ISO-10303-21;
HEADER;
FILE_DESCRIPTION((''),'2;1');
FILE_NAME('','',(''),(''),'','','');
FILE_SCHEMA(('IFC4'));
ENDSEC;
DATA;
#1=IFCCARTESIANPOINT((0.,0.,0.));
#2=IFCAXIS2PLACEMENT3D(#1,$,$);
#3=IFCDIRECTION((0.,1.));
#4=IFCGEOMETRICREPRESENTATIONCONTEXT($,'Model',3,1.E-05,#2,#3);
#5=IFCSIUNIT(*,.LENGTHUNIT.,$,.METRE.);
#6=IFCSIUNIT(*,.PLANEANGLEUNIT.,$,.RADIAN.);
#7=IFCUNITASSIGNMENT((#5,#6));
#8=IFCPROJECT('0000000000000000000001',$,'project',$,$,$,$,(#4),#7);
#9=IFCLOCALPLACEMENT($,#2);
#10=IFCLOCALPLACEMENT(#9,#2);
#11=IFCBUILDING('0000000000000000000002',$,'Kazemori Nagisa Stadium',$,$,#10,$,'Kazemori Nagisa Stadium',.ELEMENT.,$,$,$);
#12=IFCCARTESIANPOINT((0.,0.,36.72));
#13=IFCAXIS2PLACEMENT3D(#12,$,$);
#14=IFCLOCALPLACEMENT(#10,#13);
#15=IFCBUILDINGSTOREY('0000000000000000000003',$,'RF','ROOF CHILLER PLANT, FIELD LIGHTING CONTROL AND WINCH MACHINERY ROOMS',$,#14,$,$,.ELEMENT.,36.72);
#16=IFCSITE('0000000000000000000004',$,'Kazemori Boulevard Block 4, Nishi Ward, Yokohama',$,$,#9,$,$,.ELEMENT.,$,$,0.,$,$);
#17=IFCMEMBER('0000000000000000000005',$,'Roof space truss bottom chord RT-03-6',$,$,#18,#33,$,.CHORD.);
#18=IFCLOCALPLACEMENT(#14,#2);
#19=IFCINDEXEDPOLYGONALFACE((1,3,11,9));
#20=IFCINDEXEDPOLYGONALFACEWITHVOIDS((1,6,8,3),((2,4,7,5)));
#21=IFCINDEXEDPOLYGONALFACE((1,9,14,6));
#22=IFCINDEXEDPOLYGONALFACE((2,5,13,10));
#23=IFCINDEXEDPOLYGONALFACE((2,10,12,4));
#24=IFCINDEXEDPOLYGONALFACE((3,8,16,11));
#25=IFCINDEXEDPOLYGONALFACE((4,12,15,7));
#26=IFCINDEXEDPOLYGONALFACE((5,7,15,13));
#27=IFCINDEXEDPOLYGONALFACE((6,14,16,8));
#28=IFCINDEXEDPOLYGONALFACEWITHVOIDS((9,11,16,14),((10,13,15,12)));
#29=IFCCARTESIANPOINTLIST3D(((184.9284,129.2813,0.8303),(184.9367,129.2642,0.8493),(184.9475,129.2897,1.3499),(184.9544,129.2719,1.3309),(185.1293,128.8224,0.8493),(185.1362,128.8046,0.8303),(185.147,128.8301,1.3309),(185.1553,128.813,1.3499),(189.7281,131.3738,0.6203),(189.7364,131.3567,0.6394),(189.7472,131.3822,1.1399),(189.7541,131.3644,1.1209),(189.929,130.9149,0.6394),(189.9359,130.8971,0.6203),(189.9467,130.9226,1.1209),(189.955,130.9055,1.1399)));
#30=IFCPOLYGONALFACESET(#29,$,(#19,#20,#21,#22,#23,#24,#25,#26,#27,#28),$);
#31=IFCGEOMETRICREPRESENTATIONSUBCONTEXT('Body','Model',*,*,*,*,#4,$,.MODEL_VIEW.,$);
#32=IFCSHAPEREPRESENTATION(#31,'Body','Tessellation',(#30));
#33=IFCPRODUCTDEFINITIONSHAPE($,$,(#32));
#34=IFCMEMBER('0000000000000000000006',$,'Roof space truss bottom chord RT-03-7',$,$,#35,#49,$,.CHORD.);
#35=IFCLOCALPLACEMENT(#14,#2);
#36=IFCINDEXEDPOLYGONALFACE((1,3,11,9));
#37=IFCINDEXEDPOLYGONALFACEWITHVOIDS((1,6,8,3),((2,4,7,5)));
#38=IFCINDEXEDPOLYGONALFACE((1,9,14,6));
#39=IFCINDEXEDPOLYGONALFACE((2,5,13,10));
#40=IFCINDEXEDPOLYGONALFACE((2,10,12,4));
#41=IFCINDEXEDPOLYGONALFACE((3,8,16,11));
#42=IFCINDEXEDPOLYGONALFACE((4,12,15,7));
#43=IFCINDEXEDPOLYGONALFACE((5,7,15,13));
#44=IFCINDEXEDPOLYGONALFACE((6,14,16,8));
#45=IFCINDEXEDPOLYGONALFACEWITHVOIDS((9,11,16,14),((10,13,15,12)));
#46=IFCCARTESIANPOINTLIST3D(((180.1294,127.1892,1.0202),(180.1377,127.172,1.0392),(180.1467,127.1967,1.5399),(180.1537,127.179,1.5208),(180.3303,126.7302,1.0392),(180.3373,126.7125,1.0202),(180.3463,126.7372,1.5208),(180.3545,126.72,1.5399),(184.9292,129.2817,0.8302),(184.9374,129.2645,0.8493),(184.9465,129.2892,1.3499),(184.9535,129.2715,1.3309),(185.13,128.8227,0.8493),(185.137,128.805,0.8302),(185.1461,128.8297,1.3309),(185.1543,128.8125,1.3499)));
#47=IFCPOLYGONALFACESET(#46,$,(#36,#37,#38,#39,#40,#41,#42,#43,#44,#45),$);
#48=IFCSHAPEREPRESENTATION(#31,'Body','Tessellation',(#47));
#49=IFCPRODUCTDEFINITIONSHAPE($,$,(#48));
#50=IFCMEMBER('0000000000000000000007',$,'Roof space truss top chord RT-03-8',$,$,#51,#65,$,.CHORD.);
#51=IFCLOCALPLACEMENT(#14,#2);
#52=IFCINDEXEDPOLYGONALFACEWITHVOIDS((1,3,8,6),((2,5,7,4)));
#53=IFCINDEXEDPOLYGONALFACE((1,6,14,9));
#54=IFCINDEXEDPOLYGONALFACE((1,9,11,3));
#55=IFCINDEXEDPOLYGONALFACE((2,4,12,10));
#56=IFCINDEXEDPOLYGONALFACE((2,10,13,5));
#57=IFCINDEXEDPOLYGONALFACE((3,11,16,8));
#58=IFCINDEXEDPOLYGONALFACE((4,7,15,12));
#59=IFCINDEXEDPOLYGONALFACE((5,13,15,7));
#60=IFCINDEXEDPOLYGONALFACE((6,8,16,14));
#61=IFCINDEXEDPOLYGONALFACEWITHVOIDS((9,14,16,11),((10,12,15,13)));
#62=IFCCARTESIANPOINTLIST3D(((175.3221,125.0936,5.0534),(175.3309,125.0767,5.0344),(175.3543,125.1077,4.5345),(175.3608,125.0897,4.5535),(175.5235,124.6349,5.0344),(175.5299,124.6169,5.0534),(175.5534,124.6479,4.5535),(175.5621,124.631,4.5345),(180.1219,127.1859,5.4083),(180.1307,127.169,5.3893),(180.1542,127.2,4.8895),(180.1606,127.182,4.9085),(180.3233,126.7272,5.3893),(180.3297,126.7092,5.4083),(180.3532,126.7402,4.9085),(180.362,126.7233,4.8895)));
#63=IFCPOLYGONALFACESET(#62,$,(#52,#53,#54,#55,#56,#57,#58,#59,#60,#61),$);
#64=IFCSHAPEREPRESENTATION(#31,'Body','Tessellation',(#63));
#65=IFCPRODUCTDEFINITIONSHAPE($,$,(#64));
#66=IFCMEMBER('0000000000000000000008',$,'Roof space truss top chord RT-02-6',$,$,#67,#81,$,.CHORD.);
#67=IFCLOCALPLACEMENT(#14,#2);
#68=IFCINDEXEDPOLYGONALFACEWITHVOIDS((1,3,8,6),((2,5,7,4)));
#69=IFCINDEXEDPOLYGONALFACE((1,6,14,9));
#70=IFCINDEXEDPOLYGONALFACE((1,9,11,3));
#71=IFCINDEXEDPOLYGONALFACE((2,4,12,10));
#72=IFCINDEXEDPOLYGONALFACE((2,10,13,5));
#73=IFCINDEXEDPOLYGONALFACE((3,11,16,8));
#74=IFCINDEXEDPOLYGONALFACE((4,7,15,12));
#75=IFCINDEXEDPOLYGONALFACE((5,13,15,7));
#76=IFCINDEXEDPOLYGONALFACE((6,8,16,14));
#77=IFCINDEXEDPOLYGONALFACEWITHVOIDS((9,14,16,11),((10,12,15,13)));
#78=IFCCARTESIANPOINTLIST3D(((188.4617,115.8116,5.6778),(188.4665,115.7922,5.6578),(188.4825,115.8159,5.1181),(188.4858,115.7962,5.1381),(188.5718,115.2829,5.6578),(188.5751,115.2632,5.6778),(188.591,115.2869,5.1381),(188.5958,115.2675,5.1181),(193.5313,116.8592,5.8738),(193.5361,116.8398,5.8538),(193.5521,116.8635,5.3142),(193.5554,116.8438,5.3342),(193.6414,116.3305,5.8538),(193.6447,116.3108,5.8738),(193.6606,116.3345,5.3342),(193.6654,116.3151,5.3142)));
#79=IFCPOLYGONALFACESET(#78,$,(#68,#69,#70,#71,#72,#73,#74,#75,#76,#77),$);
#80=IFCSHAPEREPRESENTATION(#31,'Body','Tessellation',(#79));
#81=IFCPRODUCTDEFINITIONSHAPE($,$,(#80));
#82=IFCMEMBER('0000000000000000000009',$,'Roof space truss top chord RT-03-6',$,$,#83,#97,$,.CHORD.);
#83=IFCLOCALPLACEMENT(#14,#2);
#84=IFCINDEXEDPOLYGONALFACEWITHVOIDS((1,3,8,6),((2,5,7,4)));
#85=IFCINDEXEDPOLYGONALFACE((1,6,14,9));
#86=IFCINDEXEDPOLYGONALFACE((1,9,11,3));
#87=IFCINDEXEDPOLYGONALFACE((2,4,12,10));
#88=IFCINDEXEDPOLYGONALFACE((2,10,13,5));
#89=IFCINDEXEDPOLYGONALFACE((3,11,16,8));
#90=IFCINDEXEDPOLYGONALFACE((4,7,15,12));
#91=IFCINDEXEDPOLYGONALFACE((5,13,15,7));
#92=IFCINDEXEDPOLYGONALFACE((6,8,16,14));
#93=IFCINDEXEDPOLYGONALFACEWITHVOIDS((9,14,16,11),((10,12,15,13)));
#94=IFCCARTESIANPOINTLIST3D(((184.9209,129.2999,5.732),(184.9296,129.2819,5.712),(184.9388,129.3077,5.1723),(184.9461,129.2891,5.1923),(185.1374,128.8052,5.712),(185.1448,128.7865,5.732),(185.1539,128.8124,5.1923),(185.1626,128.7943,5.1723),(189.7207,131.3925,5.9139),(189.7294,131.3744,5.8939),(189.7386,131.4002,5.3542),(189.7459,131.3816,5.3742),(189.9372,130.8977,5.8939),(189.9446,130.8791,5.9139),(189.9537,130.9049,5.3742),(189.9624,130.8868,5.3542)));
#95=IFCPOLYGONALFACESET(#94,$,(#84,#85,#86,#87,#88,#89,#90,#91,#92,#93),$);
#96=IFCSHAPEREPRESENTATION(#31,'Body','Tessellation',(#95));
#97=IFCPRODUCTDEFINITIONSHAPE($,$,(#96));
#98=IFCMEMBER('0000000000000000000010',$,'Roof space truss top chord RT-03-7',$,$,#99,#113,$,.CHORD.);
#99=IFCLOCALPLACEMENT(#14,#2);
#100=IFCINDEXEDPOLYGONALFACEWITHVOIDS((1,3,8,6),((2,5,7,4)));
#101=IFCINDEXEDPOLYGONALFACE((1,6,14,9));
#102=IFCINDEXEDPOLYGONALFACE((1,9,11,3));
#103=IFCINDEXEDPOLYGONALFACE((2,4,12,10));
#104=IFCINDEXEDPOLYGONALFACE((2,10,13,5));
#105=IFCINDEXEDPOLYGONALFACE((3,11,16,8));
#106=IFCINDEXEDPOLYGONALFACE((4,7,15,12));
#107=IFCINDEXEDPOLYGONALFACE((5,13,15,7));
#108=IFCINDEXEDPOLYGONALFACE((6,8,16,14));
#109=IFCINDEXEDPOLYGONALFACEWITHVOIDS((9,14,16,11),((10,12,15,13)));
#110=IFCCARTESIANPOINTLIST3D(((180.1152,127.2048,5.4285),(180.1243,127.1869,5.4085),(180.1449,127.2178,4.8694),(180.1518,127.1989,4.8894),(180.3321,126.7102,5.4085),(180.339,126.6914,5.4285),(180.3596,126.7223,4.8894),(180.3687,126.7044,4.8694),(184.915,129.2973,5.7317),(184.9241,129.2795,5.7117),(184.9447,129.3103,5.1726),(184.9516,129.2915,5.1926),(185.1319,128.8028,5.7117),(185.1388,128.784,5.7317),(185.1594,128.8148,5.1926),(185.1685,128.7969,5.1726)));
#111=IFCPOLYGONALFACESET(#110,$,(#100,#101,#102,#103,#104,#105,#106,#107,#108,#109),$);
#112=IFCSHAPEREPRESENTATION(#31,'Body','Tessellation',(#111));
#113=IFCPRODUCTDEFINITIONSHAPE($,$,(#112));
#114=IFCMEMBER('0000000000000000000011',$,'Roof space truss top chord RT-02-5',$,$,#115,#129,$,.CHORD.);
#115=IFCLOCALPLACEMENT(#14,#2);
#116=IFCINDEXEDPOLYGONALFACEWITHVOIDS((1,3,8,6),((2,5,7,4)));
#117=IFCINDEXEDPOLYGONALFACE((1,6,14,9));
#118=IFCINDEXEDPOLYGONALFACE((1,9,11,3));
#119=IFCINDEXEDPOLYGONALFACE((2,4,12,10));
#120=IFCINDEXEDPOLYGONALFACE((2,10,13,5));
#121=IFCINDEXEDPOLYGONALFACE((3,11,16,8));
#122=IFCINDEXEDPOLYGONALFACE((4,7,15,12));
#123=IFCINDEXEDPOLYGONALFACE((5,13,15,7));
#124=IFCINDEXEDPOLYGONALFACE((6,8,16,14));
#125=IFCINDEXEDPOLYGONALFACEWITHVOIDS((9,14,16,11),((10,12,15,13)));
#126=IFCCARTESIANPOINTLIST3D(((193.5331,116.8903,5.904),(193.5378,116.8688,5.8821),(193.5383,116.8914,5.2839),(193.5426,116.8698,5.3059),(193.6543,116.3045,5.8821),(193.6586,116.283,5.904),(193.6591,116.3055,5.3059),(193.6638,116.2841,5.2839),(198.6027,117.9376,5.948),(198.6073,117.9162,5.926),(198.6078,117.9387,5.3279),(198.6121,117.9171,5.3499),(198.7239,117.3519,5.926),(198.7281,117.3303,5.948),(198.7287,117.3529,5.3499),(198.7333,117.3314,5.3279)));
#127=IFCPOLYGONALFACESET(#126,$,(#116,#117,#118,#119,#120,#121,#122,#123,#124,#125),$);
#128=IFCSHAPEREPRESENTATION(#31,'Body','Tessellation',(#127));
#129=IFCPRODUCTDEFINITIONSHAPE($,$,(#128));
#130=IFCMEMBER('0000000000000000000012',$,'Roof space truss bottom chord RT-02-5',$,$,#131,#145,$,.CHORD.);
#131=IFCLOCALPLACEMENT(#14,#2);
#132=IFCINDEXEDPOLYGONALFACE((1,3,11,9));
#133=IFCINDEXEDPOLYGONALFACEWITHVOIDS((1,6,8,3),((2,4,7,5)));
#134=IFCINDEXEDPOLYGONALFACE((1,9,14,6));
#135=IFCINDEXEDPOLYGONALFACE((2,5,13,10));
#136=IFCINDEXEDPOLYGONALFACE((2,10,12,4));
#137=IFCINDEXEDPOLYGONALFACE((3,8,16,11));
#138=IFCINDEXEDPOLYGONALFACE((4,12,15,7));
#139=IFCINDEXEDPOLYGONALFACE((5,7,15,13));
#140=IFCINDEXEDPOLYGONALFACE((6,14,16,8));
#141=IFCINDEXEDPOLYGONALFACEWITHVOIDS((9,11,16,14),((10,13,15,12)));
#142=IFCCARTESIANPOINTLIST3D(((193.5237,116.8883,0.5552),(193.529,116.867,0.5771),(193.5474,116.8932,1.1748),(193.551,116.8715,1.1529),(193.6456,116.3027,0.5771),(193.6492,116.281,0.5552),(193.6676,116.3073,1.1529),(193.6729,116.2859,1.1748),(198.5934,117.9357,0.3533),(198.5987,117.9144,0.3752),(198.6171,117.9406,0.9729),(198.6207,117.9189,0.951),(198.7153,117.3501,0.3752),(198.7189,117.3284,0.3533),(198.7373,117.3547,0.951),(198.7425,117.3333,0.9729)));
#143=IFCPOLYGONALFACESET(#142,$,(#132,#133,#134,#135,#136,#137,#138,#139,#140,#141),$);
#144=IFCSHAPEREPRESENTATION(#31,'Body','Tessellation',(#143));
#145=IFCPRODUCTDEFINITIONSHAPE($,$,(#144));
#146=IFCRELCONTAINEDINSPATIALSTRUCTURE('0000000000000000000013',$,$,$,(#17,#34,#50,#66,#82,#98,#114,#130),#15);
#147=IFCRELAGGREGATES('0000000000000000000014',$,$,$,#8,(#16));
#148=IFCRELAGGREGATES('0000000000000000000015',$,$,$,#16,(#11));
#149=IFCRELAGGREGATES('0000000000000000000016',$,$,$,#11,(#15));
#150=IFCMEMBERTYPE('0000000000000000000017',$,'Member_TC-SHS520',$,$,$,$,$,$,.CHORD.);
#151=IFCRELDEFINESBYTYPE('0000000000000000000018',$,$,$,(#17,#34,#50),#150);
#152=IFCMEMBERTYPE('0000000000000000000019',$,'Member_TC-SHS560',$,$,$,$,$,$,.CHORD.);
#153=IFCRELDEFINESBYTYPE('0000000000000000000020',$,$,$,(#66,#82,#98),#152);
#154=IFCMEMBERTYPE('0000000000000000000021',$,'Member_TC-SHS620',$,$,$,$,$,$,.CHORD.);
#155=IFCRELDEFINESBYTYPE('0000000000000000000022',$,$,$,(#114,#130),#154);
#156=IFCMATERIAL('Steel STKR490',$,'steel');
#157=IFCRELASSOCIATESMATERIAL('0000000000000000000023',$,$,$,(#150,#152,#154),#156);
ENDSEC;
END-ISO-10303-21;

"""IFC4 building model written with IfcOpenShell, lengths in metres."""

from ifc_helpers import new_model, si_unit, direction, frame, origin, origin_2d, place, context, subcontext, project, spatial, hollow_rectangle, extrude, material, material_profile, profile_set, type_object, element, save


model = new_model("IFC4")

# Units and contexts
model_context = context("Model", 3, precision=1e-05, world=origin(), true_north=direction((0.0, 1.0)))
body_context = subcontext(model_context, "Body", "Model", "MODEL_VIEW")
ifc_project = project(units=[si_unit("LENGTHUNIT", "METRE"), si_unit("PLANEANGLEUNIT", "RADIAN")], contexts=[model_context])

# Site, building, storey
site_placement = place(None, origin())
site = spatial("IfcSite", under=ifc_project, at=site_placement, Name="Kazemori Boulevard Block 4, Nishi Ward, Yokohama", CompositionType="ELEMENT", RefElevation=0.0)
building_placement = place(site_placement, origin())
building = spatial("IfcBuilding", under=site, at=building_placement, Name="Kazemori Nagisa Stadium", LongName="Kazemori Nagisa Stadium", CompositionType="ELEMENT")
storey_placement = place(building_placement, frame((0.0, 0.0, 36.72)))
storey = spatial("IfcBuildingStorey", under=building, at=storey_placement, Name="RF", Description="ROOF CHILLER PLANT, FIELD LIGHTING CONTROL AND WINCH MACHINERY ROOMS", CompositionType="ELEMENT", Elevation=36.72)

# Members
ifc_material_1 = material(Name="Steel STKR490", Category="steel")
ifc_material_profile_1 = material_profile(ifc_material_1, hollow_rectangle(XDim=0.52, YDim=0.52, WallThickness=0.019, at=origin_2d()), Name="SHS-520x520x19")
ifc_profile_set_1 = profile_set([ifc_material_profile_1], Name="Steel STKR490")
member_type_1 = type_object("IfcMemberType", Name="Member_TC-SHS520", PredefinedType="CHORD", material=ifc_profile_set_1)
member_1_placement = place(storey_placement, frame((189.8416, 131.1396, 0.8801), z_axis=(-0.915938, -0.399314, 0.040066), x_axis=(0.399635, -0.916675, 0.0)))
element("IfcMember", 1, at=member_1_placement, inside=storey, type_object=member_type_1, Name="Roof space truss bottom chord RT-03-6", PredefinedType="CHORD", context=body_context, shape_type="SweptSolid", body=[
    extrude(hollow_rectangle(XDim=0.52, YDim=0.52, WallThickness=0.019, at=origin_2d()), origin(), (0.0, 0.0, 1.0), 5.2402),
])
member_2_placement = place(storey_placement, frame((185.0417, 129.0471, 1.0901), z_axis=(-0.916072, -0.399372, 0.036251), x_axis=(0.399635, -0.916675, 0.0)))
element("IfcMember", 2, at=member_2_placement, inside=storey, type_object=member_type_1, Name="Roof space truss bottom chord RT-03-7", PredefinedType="CHORD", context=body_context, shape_type="SweptSolid", body=[
    extrude(hollow_rectangle(XDim=0.52, YDim=0.52, WallThickness=0.019, at=origin_2d()), origin(), (0.0, 0.0, 1.0), 5.2395),
])
member_3_placement = place(storey_placement, frame((180.2419, 126.9546, 5.1489), z_axis=(-0.914592, -0.39868, -0.067641), x_axis=(0.399595, -0.916692, 0.0)))
element("IfcMember", 3, at=member_3_placement, inside=storey, type_object=member_type_1, Name="Roof space truss top chord RT-03-8", PredefinedType="CHORD", context=body_context, shape_type="SweptSolid", body=[
    extrude(hollow_rectangle(XDim=0.52, YDim=0.52, WallThickness=0.019, at=origin_2d()), origin(), (0.0, 0.0, 1.0), 5.248),
])
ifc_material_profile_2 = material_profile(ifc_material_1, hollow_rectangle(XDim=0.5601, YDim=0.5601, WallThickness=0.02, at=origin_2d()), Name="SHS-560x560x20")
ifc_profile_set_2 = profile_set([ifc_material_profile_2], Name="Steel STKR490")
member_type_2 = type_object("IfcMemberType", Name="Member_TC-SHS560", PredefinedType="CHORD", material=ifc_profile_set_2)
member_4_placement = place(storey_placement, frame((193.5984, 116.5872, 5.594), z_axis=(-0.978608, -0.202225, -0.037844), x_axis=(0.20237, -0.979309, 0.0)))
element("IfcMember", 4, at=member_4_placement, inside=storey, type_object=member_type_2, Name="Roof space truss top chord RT-02-6", PredefinedType="CHORD", context=body_context, shape_type="SweptSolid", body=[
    extrude(hollow_rectangle(XDim=0.5601, YDim=0.5601, WallThickness=0.02, at=origin_2d()), origin(), (0.0, 0.0, 1.0), 5.1804),
])
member_5_placement = place(storey_placement, frame((189.8416, 131.1396, 5.634), z_axis=(-0.916122, -0.399394, -0.034716), x_axis=(0.399635, -0.916675, 0.0)))
element("IfcMember", 5, at=member_5_placement, inside=storey, type_object=member_type_2, Name="Roof space truss top chord RT-03-6", PredefinedType="CHORD", context=body_context, shape_type="SweptSolid", body=[
    extrude(hollow_rectangle(XDim=0.5601, YDim=0.5601, WallThickness=0.02, at=origin_2d()), origin(), (0.0, 0.0, 1.0), 5.2393),
])
member_6_placement = place(storey_placement, frame((185.0417, 129.0471, 5.4521), z_axis=(-0.915141, -0.398966, -0.057813), x_axis=(0.399635, -0.916675, 0.0)))
element("IfcMember", 6, at=member_6_placement, inside=storey, type_object=member_type_2, Name="Roof space truss top chord RT-03-7", PredefinedType="CHORD", context=body_context, shape_type="SweptSolid", body=[
    extrude(hollow_rectangle(XDim=0.5601, YDim=0.5601, WallThickness=0.02, at=origin_2d()), origin(), (0.0, 0.0, 1.0), 5.2449),
])
ifc_material_profile_3 = material_profile(ifc_material_1, hollow_rectangle(XDim=0.6201, YDim=0.6201, WallThickness=0.022, at=origin_2d()), Name="SHS-620x620x22")
ifc_profile_set_3 = profile_set([ifc_material_profile_3], Name="Steel STKR490")
member_type_3 = type_object("IfcMemberType", Name="Member_TC-SHS620", PredefinedType="CHORD", material=ifc_profile_set_3)
member_7_placement = place(storey_placement, frame((198.668, 117.6345, 5.6379), z_axis=(-0.979283, -0.202318, -0.008489), x_axis=(0.202325, -0.979318, 0.0)))
element("IfcMember", 7, at=member_7_placement, inside=storey, type_object=member_type_3, Name="Roof space truss top chord RT-02-5", PredefinedType="CHORD", context=body_context, shape_type="SweptSolid", body=[
    extrude(hollow_rectangle(XDim=0.6201, YDim=0.6201, WallThickness=0.022, at=origin_2d()), origin(), (0.0, 0.0, 1.0), 5.1768),
])
member_8_placement = place(storey_placement, frame((198.668, 117.6345, 0.6631), z_axis=(-0.978574, -0.202171, 0.038973), x_axis=(0.202325, -0.979318, 0.0)))
element("IfcMember", 8, at=member_8_placement, inside=storey, type_object=member_type_3, Name="Roof space truss bottom chord RT-02-5", PredefinedType="CHORD", context=body_context, shape_type="SweptSolid", body=[
    extrude(hollow_rectangle(XDim=0.6201, YDim=0.6201, WallThickness=0.022, at=origin_2d()), origin(), (0.0, 0.0, 1.0), 5.1807),
])

save(model, "model.ifc")
